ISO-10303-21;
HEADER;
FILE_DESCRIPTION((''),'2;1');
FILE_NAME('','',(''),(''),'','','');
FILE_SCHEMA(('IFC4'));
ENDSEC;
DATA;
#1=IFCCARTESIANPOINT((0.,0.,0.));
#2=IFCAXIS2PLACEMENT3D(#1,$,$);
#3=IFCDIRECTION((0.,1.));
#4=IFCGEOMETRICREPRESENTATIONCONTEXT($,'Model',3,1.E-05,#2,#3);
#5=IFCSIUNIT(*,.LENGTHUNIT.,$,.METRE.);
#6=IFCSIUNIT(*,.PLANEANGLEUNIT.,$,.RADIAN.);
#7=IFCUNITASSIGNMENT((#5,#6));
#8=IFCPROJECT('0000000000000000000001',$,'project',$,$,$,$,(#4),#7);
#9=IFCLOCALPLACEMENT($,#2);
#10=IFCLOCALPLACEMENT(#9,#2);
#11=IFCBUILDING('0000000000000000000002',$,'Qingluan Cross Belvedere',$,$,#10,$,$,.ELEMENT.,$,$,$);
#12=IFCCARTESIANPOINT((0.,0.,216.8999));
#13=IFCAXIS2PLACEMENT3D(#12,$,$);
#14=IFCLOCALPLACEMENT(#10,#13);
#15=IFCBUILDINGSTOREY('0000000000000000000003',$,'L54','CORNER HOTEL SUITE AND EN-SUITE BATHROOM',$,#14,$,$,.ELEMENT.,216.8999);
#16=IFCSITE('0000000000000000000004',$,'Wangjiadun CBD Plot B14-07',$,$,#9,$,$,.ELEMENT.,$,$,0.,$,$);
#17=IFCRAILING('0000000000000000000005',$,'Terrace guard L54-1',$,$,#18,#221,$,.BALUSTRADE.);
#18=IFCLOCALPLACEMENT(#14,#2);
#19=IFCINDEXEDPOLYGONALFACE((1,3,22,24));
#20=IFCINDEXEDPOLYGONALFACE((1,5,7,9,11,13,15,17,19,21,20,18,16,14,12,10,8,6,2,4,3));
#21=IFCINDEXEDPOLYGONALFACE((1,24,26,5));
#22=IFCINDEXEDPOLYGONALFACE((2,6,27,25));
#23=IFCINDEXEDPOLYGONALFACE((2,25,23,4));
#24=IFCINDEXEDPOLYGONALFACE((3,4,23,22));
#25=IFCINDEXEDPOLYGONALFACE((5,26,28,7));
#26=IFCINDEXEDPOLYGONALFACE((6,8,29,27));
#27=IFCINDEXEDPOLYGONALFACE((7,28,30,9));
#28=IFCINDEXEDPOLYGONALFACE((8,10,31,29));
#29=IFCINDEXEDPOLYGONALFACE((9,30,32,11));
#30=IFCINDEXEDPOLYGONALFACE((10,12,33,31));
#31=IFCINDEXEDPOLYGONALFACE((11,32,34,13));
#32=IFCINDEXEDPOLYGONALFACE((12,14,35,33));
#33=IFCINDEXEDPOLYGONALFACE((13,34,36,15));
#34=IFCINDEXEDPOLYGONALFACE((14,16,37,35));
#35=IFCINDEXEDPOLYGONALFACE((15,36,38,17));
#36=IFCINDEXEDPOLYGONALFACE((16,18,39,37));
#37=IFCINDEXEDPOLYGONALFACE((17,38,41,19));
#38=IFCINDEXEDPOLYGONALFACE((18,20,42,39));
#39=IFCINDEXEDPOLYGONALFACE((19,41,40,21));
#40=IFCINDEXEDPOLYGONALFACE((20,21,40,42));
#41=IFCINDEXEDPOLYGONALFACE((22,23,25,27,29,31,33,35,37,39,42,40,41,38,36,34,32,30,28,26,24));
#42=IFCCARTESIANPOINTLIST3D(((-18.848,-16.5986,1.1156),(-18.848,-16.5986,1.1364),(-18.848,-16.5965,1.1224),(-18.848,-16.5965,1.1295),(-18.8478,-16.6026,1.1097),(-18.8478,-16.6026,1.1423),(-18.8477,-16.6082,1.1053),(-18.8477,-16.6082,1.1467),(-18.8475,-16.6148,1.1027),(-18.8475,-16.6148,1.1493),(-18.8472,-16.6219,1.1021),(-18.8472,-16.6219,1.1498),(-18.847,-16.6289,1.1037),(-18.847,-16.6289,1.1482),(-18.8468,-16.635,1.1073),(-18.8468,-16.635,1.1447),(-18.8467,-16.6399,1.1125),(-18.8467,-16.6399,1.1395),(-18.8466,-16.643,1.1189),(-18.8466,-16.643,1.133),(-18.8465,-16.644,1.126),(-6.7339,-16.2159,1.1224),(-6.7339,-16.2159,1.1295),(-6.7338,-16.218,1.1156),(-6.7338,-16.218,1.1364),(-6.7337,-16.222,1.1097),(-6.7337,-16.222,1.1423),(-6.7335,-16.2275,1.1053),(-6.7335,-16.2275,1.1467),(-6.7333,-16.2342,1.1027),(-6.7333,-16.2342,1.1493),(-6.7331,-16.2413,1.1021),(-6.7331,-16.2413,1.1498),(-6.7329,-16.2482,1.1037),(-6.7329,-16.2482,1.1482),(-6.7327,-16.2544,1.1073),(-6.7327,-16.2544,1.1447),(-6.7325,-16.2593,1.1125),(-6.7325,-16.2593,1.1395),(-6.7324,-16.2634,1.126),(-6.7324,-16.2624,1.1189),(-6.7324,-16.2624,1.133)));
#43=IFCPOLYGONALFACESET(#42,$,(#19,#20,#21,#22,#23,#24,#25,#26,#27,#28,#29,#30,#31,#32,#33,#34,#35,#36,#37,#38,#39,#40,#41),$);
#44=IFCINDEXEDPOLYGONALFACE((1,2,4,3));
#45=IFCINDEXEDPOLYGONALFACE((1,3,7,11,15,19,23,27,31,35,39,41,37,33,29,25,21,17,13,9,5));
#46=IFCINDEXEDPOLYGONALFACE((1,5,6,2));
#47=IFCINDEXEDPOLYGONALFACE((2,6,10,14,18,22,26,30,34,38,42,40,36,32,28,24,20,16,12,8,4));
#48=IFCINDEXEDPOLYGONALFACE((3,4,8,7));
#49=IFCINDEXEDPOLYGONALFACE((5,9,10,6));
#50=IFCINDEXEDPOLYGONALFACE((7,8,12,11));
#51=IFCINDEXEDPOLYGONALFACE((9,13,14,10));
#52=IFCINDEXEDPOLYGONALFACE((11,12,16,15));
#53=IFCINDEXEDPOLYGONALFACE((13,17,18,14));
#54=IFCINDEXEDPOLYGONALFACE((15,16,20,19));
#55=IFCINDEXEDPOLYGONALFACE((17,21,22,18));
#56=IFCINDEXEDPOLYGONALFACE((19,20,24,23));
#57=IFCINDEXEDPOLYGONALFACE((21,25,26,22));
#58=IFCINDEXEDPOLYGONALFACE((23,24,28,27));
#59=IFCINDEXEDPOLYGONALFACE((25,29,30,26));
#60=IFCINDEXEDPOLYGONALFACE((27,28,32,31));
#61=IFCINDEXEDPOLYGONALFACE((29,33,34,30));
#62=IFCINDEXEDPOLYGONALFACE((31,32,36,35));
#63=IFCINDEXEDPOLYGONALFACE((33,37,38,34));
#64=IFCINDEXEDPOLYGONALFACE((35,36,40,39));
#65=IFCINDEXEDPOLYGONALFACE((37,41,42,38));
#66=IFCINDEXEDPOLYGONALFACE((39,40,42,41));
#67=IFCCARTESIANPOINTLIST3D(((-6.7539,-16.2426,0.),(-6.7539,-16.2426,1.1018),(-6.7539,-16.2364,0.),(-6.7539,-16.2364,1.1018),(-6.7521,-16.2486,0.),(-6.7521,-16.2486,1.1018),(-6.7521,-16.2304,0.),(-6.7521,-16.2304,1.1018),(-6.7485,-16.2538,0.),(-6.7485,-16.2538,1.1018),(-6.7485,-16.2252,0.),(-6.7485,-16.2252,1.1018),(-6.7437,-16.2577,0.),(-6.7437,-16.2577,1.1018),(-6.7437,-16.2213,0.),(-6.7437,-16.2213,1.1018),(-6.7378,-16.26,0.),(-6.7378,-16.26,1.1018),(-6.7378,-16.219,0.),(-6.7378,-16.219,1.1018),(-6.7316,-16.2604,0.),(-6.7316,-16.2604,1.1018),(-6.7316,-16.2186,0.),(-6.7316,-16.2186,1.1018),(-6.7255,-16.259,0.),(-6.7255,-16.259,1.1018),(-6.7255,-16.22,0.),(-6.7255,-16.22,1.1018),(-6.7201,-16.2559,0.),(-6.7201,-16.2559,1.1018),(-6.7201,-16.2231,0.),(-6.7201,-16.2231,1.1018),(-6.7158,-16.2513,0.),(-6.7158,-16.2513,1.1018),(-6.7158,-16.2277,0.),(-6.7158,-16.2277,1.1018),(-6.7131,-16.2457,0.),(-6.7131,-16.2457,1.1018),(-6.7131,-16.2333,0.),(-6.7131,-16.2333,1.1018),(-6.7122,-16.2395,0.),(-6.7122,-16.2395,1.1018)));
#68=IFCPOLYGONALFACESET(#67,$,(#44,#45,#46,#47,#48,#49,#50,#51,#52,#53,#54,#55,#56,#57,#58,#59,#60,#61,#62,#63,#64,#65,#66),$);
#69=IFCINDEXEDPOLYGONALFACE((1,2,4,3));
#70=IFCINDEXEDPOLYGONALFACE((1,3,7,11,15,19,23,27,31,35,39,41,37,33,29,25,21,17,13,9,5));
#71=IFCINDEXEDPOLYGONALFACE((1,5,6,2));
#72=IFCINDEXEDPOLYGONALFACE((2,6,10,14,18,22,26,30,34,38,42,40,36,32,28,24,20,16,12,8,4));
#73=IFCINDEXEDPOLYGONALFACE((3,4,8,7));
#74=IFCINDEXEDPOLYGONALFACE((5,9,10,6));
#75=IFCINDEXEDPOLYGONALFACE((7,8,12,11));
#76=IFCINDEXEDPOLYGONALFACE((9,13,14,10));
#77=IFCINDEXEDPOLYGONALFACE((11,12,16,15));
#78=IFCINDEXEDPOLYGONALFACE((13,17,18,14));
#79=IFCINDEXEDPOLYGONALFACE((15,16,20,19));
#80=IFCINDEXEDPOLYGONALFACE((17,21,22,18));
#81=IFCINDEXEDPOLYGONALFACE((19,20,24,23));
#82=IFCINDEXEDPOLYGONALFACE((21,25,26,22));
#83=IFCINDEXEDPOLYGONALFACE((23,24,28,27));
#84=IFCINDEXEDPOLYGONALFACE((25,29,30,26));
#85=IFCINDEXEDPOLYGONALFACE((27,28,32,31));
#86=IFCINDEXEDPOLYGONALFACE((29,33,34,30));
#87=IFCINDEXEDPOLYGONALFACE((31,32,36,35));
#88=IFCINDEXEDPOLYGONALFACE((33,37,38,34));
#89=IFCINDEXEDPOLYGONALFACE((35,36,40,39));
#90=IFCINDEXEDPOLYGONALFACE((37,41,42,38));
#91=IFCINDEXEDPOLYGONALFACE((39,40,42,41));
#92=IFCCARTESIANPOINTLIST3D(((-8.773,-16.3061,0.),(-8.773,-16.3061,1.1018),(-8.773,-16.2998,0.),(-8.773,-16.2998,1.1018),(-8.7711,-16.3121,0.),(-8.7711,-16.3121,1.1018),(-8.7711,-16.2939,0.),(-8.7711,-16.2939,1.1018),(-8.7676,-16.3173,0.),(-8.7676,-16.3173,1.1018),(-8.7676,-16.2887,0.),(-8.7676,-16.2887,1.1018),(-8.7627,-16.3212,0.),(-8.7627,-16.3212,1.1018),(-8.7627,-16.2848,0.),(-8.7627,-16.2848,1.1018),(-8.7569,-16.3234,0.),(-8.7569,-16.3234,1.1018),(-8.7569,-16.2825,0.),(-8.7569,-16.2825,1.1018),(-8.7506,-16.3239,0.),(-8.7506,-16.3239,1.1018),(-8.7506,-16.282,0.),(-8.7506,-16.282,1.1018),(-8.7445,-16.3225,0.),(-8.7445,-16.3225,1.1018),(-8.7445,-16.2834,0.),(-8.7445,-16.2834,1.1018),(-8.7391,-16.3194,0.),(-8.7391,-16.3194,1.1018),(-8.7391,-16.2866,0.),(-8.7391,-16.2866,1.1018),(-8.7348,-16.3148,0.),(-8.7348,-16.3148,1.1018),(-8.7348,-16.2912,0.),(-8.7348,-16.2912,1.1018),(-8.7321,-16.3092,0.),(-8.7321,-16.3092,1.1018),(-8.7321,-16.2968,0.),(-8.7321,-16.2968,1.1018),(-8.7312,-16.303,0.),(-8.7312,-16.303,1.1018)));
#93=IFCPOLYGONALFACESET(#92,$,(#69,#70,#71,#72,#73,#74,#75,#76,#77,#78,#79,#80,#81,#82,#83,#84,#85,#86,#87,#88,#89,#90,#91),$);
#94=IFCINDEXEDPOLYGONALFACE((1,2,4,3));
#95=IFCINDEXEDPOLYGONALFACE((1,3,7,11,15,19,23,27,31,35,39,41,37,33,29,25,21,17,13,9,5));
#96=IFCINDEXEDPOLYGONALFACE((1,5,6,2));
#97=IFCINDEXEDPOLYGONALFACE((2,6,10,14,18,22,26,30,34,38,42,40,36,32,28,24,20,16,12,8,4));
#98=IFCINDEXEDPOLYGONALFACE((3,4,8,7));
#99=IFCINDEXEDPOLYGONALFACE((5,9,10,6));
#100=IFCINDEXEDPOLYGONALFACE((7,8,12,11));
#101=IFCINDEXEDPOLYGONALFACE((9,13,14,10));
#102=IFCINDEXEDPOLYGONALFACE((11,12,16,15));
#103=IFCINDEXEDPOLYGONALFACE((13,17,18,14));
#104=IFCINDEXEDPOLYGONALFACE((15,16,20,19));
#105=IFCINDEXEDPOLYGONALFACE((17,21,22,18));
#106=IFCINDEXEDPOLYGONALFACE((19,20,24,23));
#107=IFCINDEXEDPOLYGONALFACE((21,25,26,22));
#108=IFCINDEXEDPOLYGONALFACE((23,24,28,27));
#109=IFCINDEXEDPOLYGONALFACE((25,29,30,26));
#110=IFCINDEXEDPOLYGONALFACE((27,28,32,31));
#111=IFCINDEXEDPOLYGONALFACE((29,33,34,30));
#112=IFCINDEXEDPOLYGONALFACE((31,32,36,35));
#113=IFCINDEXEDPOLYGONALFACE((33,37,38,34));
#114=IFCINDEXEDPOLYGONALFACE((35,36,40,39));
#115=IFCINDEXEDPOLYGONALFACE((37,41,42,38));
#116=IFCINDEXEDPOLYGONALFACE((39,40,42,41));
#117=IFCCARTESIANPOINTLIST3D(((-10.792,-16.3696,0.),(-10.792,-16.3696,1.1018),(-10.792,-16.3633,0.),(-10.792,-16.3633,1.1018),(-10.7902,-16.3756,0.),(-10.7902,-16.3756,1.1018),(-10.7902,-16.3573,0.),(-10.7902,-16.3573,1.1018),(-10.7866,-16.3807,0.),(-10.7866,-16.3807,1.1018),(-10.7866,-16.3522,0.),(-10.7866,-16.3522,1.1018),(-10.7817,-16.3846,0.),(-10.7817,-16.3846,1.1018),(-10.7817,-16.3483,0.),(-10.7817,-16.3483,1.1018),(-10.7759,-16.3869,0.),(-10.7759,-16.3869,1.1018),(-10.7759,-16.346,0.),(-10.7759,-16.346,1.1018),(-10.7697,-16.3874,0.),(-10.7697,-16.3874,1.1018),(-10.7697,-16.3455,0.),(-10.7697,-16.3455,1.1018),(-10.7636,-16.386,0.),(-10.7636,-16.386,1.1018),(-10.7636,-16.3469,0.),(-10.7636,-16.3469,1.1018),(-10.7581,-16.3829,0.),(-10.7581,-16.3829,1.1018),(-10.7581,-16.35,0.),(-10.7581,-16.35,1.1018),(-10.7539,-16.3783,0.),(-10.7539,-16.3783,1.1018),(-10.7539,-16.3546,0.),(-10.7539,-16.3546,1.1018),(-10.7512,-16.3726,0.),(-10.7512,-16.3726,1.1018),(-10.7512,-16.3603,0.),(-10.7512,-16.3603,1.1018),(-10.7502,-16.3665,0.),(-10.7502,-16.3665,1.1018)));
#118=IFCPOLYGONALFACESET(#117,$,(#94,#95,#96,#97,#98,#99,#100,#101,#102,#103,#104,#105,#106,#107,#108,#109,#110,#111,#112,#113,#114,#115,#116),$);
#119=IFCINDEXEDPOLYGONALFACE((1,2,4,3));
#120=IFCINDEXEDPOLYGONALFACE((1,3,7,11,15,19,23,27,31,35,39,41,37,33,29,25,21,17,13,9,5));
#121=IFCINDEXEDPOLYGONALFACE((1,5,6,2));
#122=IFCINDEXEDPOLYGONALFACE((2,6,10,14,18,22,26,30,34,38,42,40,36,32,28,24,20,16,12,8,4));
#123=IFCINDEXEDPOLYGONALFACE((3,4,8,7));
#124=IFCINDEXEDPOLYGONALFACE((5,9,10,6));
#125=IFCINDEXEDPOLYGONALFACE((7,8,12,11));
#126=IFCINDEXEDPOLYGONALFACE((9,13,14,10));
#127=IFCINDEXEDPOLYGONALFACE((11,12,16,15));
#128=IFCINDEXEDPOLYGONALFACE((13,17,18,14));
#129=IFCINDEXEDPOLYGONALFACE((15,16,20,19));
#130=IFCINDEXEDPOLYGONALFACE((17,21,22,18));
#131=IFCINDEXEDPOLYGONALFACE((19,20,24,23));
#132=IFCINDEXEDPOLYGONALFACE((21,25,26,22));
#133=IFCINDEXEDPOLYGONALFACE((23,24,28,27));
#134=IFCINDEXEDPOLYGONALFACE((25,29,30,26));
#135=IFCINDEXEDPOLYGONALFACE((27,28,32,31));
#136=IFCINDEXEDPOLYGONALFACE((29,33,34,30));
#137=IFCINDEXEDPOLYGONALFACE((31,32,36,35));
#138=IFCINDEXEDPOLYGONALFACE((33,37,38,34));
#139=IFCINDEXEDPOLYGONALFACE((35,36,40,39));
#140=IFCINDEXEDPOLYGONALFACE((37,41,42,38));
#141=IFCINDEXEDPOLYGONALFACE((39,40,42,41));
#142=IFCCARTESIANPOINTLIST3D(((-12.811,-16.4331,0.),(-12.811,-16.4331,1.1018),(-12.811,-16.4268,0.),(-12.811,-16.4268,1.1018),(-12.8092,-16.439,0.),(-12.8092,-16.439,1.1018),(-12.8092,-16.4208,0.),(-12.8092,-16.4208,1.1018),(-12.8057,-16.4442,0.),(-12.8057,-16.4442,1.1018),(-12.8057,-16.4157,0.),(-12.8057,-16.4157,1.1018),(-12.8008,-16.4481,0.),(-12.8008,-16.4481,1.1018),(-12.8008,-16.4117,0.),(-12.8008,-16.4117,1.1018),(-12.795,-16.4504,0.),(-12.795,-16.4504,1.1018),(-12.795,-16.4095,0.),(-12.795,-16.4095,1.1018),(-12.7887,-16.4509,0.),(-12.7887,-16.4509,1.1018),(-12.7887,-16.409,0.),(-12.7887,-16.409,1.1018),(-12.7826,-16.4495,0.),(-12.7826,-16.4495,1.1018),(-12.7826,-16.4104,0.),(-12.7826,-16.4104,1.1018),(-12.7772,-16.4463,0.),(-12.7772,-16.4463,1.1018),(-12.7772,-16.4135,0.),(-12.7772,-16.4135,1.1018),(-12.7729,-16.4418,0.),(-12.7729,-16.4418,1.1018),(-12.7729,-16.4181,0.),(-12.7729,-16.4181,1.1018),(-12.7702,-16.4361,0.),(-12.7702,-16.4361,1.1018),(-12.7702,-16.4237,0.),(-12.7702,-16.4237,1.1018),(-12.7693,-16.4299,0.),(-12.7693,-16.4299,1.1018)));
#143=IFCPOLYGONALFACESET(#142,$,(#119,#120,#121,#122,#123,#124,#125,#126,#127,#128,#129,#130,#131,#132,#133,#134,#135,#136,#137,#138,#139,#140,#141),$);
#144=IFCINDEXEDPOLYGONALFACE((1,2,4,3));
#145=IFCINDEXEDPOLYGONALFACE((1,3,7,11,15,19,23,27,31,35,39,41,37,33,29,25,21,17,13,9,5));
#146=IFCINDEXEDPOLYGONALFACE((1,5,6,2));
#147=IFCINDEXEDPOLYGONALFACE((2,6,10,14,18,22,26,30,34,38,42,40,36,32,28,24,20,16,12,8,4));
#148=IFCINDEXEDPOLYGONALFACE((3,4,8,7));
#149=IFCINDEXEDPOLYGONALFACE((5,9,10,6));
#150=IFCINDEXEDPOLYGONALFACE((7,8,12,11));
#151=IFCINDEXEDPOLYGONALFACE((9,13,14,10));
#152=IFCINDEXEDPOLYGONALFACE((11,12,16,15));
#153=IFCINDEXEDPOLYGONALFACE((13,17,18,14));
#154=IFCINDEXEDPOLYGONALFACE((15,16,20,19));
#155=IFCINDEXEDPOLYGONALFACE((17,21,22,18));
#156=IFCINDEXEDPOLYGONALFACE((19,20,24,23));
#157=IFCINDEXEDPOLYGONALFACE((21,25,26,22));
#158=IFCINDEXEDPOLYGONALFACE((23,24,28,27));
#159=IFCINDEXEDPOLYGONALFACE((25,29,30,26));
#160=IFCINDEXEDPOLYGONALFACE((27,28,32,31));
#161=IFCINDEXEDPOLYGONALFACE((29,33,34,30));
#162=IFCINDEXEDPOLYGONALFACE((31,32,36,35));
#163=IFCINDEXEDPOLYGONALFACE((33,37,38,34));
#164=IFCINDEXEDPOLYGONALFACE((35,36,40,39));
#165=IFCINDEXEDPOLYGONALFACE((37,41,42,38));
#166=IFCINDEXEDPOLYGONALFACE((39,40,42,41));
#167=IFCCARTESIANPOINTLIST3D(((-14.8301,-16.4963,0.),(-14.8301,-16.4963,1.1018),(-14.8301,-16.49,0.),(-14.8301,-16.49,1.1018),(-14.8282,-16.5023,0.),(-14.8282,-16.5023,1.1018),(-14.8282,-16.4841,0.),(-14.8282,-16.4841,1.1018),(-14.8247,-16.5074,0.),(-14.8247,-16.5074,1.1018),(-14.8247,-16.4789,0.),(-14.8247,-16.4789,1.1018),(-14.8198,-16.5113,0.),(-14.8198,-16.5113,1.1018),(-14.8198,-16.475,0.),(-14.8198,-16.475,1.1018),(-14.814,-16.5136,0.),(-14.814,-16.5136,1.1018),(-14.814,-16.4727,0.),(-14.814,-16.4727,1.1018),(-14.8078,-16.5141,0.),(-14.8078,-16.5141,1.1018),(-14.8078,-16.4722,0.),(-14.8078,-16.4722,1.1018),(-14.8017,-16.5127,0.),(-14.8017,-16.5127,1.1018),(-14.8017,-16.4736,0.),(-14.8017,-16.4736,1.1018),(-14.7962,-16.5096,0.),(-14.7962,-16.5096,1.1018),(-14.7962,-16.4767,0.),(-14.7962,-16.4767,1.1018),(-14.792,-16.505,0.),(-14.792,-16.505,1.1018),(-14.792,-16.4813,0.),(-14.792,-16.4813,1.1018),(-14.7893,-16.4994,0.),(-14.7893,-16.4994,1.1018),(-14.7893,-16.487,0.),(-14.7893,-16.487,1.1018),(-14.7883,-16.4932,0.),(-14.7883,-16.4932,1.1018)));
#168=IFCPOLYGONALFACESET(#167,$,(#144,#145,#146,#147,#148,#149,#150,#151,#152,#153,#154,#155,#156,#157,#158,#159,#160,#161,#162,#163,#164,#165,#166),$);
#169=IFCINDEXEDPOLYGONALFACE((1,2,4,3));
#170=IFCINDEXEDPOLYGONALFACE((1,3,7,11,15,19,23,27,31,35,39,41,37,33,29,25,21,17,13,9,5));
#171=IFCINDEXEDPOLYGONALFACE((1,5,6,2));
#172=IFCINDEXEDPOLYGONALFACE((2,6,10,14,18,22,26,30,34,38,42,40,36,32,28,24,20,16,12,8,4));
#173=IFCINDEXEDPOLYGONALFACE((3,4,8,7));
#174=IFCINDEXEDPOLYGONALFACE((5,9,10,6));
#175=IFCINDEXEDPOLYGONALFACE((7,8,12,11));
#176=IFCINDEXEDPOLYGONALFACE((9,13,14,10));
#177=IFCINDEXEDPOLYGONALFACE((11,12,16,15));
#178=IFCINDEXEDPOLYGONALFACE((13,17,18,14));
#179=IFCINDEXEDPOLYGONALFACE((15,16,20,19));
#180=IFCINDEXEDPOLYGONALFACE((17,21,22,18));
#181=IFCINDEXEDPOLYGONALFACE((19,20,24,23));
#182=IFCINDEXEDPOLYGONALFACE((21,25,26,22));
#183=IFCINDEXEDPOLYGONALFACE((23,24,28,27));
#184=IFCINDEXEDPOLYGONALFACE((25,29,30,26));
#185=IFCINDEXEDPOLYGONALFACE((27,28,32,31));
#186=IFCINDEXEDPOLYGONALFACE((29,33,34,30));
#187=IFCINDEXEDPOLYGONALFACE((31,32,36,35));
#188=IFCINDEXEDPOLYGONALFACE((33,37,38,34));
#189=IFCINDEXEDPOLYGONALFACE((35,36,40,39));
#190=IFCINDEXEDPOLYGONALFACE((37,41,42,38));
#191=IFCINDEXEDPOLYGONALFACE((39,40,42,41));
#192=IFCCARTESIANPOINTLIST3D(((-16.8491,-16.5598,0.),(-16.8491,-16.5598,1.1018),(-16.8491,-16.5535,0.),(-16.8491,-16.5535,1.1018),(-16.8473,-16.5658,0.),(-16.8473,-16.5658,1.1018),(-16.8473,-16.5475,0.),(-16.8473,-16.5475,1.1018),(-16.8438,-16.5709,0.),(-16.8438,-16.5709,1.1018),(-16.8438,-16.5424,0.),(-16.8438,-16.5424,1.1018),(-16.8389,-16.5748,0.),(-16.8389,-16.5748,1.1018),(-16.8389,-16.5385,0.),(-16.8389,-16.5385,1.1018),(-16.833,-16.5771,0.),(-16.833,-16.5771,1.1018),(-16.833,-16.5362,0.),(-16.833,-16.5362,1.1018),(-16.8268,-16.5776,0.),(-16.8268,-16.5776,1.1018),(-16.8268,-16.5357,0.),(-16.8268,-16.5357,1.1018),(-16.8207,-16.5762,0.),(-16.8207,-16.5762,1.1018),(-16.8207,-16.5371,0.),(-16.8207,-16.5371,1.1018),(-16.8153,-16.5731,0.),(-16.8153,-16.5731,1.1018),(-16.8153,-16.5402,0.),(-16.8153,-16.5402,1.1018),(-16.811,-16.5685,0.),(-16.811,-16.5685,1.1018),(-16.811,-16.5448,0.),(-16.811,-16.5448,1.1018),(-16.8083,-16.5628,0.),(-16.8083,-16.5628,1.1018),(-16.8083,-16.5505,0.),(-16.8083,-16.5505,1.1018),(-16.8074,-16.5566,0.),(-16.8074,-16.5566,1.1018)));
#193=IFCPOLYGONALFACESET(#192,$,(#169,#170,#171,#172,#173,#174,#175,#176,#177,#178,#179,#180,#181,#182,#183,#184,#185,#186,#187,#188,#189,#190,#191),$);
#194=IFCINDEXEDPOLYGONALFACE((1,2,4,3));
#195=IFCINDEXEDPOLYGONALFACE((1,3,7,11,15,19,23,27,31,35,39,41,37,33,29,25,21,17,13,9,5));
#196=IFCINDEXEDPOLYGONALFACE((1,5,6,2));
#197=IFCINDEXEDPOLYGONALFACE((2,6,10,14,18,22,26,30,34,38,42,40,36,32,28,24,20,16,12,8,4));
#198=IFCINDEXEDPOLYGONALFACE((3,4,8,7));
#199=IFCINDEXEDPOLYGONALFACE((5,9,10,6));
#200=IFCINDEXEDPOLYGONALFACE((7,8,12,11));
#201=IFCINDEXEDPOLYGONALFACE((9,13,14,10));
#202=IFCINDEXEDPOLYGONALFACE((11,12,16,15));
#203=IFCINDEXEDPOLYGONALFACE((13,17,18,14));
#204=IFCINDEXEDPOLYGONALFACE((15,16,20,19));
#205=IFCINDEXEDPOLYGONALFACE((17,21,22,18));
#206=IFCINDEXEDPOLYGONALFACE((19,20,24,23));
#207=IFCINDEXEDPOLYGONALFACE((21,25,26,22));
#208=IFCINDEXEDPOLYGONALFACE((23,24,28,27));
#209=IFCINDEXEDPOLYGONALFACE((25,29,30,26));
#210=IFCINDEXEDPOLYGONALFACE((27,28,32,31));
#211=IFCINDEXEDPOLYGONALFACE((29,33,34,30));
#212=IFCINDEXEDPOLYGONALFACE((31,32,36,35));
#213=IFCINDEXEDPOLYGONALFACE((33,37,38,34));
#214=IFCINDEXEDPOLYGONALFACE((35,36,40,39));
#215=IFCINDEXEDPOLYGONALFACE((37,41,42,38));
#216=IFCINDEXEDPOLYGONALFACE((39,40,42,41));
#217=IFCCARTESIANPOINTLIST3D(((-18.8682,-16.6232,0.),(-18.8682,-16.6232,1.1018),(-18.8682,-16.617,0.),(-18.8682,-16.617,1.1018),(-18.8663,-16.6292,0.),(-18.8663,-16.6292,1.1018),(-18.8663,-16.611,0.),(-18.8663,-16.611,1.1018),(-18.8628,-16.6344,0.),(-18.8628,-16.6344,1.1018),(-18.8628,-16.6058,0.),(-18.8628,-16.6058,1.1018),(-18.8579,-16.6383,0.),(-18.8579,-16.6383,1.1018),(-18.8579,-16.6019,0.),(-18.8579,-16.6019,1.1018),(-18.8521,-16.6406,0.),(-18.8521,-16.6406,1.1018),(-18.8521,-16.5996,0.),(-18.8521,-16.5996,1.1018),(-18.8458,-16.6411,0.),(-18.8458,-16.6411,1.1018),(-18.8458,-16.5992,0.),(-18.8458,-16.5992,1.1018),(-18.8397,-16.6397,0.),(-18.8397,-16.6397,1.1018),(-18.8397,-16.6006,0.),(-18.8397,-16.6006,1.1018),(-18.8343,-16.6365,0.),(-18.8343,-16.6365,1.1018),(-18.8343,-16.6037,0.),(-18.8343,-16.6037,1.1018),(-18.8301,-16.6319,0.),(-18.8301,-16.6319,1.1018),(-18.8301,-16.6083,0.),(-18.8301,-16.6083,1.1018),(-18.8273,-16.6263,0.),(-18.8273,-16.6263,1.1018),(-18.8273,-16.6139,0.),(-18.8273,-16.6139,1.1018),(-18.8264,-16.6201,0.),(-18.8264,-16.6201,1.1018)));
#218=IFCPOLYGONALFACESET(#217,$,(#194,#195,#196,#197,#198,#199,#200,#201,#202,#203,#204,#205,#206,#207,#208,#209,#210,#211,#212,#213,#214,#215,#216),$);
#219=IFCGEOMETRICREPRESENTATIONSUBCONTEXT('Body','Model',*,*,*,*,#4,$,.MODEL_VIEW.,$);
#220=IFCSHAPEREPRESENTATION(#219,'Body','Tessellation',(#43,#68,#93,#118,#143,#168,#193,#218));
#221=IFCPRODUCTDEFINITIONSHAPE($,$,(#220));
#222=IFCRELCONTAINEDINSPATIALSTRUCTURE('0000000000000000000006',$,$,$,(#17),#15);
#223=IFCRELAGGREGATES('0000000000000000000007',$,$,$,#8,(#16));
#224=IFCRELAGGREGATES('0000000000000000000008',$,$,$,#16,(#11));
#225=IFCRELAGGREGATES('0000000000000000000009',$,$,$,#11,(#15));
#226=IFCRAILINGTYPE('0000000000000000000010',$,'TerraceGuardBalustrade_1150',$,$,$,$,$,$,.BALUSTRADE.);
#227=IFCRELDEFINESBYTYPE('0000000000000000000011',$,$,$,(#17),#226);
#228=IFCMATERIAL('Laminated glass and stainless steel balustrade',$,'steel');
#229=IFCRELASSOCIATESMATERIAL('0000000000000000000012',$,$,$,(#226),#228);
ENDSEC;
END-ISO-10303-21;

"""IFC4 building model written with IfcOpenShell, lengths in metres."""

from ifc_helpers import new_model, si_unit, direction, frame, origin, origin_2d, place, context, subcontext, project, spatial, circle, extrude, material, type_object, element, save


model = new_model("IFC4")

# Units and contexts
model_context = context("Model", 3, precision=1e-05, world=origin(), true_north=direction((0.0, 1.0)))
body_context = subcontext(model_context, "Body", "Model", "MODEL_VIEW")
ifc_project = project(units=[si_unit("LENGTHUNIT", "METRE"), si_unit("PLANEANGLEUNIT", "RADIAN")], contexts=[model_context])

# Site, building, storey
site_placement = place(None, origin())
site = spatial("IfcSite", under=ifc_project, at=site_placement, Name="Wangjiadun CBD Plot B14-07", CompositionType="ELEMENT", RefElevation=0.0)
building_placement = place(site_placement, origin())
building = spatial("IfcBuilding", under=site, at=building_placement, Name="Qingluan Cross Belvedere", CompositionType="ELEMENT")
storey_placement = place(building_placement, frame((0.0, 0.0, 216.8999)))
storey = spatial("IfcBuildingStorey", under=building, at=storey_placement, Name="L54", Description="CORNER HOTEL SUITE AND EN-SUITE BATHROOM", CompositionType="ELEMENT", Elevation=216.8999)

# Railing
ifc_material_1 = material(Name="Laminated glass and stainless steel balustrade", Category="steel")
railing_type = type_object("IfcRailingType", Name="TerraceGuardBalustrade_1150", PredefinedType="BALUSTRADE", material=ifc_material_1)
railing_1_placement = place(storey_placement, frame((-6.7332, -16.2395, 0.0)))
element("IfcRailing", 1, at=railing_1_placement, inside=storey, type_object=railing_type, Name="Terrace guard L54-1", PredefinedType="BALUSTRADE", context=body_context, shape_type="SweptSolid", body=[
    extrude(circle(Radius=0.0239, at=origin_2d()), frame((0.0, 0.0, 1.126), z_axis=(-0.999507, -0.031403, 0.0), x_axis=(0.031403, -0.999507, 0.0)), (0.0, 0.0, 1.0), 12.1201),
    extrude(circle(Radius=0.021, at=origin_2d()), origin(), (0.0, 0.0, 1.0), 1.1018),
    extrude(circle(Radius=0.021, at=origin_2d()), frame((-2.019, -0.0635, 0.0)), (0.0, 0.0, 1.0), 1.1018),
    extrude(circle(Radius=0.021, at=origin_2d()), frame((-4.0381, -0.127, 0.0)), (0.0, 0.0, 1.0), 1.1018),
    extrude(circle(Radius=0.021, at=origin_2d()), frame((-6.0571, -0.1904, 0.0)), (0.0, 0.0, 1.0), 1.1018),
    extrude(circle(Radius=0.021, at=origin_2d()), frame((-8.0762, -0.2537, 0.0)), (0.0, 0.0, 1.0), 1.1018),
    extrude(circle(Radius=0.021, at=origin_2d()), frame((-10.0952, -0.3171, 0.0)), (0.0, 0.0, 1.0), 1.1018),
    extrude(circle(Radius=0.021, at=origin_2d()), frame((-12.1143, -0.3806, 0.0)), (0.0, 0.0, 1.0), 1.1018),
])

save(model, "model.ifc")
